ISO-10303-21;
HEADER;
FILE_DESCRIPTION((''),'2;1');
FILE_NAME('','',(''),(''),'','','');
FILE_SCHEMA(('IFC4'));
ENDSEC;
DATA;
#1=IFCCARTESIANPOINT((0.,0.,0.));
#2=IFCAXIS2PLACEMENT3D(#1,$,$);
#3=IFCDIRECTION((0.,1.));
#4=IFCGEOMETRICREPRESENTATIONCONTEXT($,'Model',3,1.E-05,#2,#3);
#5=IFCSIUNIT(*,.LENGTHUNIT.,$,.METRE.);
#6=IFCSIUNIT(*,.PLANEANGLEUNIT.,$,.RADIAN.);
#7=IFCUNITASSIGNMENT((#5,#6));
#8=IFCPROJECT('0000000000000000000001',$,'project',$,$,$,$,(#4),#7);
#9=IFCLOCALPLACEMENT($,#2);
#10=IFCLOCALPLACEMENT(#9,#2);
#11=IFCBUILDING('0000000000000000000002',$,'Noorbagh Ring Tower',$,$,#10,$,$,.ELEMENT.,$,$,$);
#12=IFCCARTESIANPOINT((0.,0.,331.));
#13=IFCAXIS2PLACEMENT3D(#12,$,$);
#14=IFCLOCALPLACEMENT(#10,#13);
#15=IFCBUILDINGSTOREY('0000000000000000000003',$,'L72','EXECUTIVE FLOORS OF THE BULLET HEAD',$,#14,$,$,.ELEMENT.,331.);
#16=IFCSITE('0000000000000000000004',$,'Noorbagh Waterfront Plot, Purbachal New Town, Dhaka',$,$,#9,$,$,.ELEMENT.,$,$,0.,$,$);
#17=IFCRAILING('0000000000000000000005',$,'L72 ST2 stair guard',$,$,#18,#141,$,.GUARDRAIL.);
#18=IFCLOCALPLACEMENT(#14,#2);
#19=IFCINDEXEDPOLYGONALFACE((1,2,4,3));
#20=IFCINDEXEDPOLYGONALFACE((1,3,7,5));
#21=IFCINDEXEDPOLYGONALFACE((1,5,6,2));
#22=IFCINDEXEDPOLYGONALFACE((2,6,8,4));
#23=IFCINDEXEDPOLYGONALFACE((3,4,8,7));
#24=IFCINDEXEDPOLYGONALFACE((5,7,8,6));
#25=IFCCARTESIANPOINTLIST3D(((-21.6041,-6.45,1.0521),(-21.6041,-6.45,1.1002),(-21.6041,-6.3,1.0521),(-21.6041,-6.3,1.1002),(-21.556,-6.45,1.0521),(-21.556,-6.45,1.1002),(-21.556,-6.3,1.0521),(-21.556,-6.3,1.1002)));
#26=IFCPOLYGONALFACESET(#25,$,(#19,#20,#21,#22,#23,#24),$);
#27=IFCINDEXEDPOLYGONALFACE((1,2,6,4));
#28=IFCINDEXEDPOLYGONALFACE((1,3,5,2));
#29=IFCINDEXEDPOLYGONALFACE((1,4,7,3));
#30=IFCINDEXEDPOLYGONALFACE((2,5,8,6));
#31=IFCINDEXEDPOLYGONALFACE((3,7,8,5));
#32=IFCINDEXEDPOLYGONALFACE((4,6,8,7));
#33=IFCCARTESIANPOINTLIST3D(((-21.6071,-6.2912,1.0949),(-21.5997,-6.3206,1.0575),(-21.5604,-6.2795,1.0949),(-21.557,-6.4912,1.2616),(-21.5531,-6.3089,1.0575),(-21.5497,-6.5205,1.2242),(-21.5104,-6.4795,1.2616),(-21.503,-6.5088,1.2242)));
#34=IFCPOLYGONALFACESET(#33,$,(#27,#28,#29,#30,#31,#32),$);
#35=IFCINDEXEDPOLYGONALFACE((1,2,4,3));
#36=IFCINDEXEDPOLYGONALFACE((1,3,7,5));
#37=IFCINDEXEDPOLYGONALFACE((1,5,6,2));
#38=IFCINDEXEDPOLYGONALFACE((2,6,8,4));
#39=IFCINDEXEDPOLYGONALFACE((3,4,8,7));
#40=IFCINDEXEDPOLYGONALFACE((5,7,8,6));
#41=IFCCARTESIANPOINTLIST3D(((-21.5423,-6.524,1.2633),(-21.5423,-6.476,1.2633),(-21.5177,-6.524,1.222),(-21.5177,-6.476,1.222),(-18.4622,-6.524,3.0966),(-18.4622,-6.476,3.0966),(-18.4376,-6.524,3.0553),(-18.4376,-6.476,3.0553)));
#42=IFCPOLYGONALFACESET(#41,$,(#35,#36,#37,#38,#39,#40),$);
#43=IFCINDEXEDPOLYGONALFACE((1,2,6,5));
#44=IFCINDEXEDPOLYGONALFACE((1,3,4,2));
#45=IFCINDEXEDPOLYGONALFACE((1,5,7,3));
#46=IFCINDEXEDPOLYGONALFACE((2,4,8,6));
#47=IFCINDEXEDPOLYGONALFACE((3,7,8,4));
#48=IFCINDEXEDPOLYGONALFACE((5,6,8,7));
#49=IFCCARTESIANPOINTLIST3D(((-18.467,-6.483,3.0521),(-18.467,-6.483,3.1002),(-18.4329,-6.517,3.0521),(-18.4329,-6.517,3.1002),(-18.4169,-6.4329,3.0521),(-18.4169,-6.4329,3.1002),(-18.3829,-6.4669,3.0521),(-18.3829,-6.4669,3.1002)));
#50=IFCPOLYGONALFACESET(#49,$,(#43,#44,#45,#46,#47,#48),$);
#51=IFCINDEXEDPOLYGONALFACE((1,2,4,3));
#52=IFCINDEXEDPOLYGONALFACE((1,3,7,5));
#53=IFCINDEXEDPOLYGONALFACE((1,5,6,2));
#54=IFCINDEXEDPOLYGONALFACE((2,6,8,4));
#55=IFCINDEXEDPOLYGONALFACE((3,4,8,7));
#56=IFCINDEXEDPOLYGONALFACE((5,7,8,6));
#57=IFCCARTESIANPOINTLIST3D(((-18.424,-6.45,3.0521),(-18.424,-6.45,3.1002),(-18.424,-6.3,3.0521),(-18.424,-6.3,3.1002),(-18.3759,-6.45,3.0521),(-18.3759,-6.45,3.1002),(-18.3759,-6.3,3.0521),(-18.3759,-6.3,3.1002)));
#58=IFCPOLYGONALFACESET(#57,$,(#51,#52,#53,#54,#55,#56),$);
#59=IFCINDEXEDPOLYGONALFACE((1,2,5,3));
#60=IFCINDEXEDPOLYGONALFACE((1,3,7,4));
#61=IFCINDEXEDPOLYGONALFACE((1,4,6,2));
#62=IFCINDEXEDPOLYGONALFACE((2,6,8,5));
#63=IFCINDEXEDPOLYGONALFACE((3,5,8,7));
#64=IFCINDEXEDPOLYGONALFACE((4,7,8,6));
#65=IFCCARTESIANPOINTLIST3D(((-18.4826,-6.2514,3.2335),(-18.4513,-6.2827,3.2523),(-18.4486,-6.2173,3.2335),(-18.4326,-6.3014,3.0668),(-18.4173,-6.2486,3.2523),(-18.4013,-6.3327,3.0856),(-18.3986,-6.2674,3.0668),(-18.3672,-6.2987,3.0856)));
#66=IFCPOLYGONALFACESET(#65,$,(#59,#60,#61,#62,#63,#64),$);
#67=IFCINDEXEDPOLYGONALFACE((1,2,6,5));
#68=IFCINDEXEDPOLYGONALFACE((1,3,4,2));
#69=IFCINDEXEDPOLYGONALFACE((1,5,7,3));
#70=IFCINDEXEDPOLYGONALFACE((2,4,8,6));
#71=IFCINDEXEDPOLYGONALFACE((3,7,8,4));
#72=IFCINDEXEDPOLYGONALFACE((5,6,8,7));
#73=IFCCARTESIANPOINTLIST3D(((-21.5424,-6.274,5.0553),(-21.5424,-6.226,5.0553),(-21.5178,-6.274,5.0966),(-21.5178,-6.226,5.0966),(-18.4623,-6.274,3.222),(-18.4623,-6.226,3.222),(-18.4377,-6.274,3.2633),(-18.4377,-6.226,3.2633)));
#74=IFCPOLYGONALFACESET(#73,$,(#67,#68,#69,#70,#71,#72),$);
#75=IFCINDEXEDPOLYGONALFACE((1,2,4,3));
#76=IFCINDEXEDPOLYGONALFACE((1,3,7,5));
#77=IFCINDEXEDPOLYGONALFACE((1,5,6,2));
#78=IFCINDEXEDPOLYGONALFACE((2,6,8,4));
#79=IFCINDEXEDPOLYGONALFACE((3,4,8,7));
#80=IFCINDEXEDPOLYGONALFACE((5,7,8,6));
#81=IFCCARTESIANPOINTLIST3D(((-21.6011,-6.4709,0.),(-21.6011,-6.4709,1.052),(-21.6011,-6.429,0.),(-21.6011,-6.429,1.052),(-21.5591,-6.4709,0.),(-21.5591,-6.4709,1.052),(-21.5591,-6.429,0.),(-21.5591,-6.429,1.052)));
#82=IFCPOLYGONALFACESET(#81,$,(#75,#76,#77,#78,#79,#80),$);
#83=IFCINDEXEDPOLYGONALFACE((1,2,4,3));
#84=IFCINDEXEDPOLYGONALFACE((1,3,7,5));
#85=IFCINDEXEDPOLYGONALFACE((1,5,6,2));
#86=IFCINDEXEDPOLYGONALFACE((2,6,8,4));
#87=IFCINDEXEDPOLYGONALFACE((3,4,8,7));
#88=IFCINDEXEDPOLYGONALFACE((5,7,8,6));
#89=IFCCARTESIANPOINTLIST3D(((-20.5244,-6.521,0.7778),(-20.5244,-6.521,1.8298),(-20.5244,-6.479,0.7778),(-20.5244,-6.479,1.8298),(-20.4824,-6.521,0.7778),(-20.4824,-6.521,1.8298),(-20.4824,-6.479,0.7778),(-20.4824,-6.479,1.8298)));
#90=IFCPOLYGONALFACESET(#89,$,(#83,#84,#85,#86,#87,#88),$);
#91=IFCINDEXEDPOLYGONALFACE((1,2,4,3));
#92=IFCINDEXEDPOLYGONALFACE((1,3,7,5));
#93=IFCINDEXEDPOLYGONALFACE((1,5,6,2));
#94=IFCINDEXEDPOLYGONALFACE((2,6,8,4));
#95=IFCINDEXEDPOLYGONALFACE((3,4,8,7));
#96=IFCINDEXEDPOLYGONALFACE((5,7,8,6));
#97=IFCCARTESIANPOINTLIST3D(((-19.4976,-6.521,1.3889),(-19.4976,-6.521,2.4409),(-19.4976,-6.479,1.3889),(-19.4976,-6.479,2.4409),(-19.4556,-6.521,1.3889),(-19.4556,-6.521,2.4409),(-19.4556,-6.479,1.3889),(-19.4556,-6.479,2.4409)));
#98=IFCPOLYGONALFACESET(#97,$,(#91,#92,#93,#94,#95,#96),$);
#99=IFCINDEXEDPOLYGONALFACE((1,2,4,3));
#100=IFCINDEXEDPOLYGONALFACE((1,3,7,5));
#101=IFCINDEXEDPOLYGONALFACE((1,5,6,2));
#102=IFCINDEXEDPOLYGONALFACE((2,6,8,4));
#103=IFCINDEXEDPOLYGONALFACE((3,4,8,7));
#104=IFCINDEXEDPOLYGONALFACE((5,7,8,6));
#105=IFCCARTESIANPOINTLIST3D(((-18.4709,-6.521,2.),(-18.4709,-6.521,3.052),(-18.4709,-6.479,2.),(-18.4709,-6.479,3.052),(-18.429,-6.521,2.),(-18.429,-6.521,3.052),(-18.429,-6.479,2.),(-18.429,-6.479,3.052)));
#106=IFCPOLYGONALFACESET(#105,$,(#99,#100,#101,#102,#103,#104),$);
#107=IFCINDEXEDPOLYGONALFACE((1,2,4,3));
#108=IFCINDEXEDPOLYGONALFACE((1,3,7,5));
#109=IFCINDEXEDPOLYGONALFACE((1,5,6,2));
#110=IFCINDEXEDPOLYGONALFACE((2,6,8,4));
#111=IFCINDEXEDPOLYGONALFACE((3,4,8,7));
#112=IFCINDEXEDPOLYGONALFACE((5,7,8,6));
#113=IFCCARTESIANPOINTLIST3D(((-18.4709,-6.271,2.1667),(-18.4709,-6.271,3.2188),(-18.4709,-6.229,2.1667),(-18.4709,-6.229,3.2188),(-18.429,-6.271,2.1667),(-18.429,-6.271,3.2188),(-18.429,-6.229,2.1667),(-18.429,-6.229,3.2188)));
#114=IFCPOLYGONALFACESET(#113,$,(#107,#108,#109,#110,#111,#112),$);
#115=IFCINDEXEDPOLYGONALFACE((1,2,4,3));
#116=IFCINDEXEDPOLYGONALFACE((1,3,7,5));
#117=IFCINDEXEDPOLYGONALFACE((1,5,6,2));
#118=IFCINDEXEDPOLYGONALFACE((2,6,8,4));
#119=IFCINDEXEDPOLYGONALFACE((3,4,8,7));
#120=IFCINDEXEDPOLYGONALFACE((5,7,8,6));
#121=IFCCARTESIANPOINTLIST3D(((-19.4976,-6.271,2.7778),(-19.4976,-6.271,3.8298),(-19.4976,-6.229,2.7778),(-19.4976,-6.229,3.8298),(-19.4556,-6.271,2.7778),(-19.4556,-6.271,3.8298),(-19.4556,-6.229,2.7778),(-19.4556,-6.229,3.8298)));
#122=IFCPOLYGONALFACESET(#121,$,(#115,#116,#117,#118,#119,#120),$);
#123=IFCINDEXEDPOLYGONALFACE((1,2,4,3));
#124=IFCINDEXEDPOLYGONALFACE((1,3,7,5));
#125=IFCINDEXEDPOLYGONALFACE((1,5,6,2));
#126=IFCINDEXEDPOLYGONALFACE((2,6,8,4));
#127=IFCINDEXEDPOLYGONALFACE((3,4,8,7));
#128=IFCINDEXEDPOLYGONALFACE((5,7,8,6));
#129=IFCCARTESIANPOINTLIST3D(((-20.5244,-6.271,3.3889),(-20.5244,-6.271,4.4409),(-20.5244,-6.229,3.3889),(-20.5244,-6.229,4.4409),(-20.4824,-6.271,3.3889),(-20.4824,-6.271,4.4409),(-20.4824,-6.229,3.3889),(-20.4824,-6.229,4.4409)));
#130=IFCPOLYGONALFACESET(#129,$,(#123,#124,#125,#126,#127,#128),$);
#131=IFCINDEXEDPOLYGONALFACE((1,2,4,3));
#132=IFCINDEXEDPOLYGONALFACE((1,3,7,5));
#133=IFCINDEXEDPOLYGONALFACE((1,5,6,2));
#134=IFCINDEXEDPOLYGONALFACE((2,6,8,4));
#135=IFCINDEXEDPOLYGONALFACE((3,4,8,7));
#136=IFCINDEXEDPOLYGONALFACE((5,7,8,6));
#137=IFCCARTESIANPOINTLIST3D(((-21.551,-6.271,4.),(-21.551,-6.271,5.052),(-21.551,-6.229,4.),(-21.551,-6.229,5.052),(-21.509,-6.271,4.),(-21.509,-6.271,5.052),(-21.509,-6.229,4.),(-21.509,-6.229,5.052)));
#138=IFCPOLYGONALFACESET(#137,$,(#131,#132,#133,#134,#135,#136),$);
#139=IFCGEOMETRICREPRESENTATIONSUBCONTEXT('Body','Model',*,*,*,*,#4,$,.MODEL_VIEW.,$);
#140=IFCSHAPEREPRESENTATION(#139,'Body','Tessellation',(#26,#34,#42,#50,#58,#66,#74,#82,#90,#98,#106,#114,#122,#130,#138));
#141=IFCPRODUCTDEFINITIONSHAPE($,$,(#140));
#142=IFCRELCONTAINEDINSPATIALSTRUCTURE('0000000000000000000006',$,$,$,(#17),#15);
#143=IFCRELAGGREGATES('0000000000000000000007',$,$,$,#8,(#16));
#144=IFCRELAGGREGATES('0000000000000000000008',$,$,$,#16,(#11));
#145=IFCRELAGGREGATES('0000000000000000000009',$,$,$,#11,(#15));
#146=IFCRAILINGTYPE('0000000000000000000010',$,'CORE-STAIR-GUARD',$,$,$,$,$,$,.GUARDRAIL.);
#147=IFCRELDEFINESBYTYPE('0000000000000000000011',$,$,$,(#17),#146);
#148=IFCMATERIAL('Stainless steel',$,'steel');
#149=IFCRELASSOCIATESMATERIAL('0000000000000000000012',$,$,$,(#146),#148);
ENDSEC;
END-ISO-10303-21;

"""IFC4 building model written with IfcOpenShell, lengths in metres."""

from ifc_helpers import new_model, si_unit, direction, frame, origin, origin_2d, place, context, subcontext, project, spatial, rectangle, extrude, material, type_object, element, save


model = new_model("IFC4")

# Units and contexts
model_context = context("Model", 3, precision=1e-05, world=origin(), true_north=direction((0.0, 1.0)))
body_context = subcontext(model_context, "Body", "Model", "MODEL_VIEW")
ifc_project = project(units=[si_unit("LENGTHUNIT", "METRE"), si_unit("PLANEANGLEUNIT", "RADIAN")], contexts=[model_context])

# Site, building, storey
site_placement = place(None, origin())
site = spatial("IfcSite", under=ifc_project, at=site_placement, Name="Noorbagh Waterfront Plot, Purbachal New Town, Dhaka", CompositionType="ELEMENT", RefElevation=0.0)
building_placement = place(site_placement, origin())
building = spatial("IfcBuilding", under=site, at=building_placement, Name="Noorbagh Ring Tower", CompositionType="ELEMENT")
storey_placement = place(building_placement, frame((0.0, 0.0, 331.0)))
storey = spatial("IfcBuildingStorey", under=building, at=storey_placement, Name="L72", Description="EXECUTIVE FLOORS OF THE BULLET HEAD", CompositionType="ELEMENT", Elevation=331.0)

# Railing
ifc_material_1 = material(Name="Stainless steel", Category="steel")
railing_type_1 = type_object("IfcRailingType", Name="CORE-STAIR-GUARD", PredefinedType="GUARDRAIL", material=ifc_material_1)
railing_1_placement = place(storey_placement, frame((-21.5801, -6.45, 0.0)))
element("IfcRailing", 1, at=railing_1_placement, inside=storey, type_object=railing_type_1, Name="L72 ST2 stair guard", PredefinedType="GUARDRAIL", context=body_context, shape_type="SweptSolid", body=[
    extrude(rectangle(XDim=0.0481, YDim=0.0481, at=origin_2d()), frame((0.0, 0.0, 1.0762), z_axis=(0.0, 1.0, 0.0), x_axis=(-1.0, 0.0, 0.0)), (0.0, 0.0, 1.0), 0.1499),
    extrude(rectangle(XDim=0.0481, YDim=0.0481, at=origin_2d()), frame((0.0, 0.1499, 1.0762), z_axis=(0.188776, -0.754182, 0.628946), x_axis=(0.970073, 0.242814, 0.0)), (0.0, 0.0, 1.0), 0.2651),
    extrude(rectangle(XDim=0.0481, YDim=0.0481, at=origin_2d()), frame((0.05, -0.05, 1.2427), z_axis=(0.859309, 0.0, 0.511458), x_axis=(0.0, 1.0, 0.0)), (0.0, 0.0, 1.0), 3.5845),
    extrude(rectangle(XDim=0.0481, YDim=0.0481, at=origin_2d()), frame((3.1301, -0.05, 3.0762), z_axis=(0.707107, 0.707107, 0.0), x_axis=(-0.707107, 0.707107, 0.0)), (0.0, 0.0, 1.0), 0.0708),
    extrude(rectangle(XDim=0.0481, YDim=0.0481, at=origin_2d()), frame((3.1802, 0.0, 3.0762), z_axis=(0.0, 1.0, 0.0), x_axis=(-1.0, 0.0, 0.0)), (0.0, 0.0, 1.0), 0.1499),
    extrude(rectangle(XDim=0.0481, YDim=0.0481, at=origin_2d()), frame((3.1802, 0.1499, 3.0762), z_axis=(-0.276287, 0.276287, 0.920506), x_axis=(-0.707107, -0.707107, 0.0)), (0.0, 0.0, 1.0), 0.1812),
    extrude(rectangle(XDim=0.0481, YDim=0.0481, at=origin_2d()), frame((3.1301, 0.2, 3.2427), z_axis=(-0.859309, 0.0, 0.511458), x_axis=(0.0, -1.0, 0.0)), (0.0, 0.0, 1.0), 3.5845),
    extrude(rectangle(XDim=0.042, YDim=0.042, at=origin_2d()), origin(), (0.0, 0.0, 1.0), 1.052),
    extrude(rectangle(XDim=0.042, YDim=0.042, at=origin_2d()), frame((1.0767, -0.05, 0.7778)), (0.0, 0.0, 1.0), 1.052),
    extrude(rectangle(XDim=0.042, YDim=0.042, at=origin_2d()), frame((2.1035, -0.05, 1.3889)), (0.0, 0.0, 1.0), 1.052),
    extrude(rectangle(XDim=0.042, YDim=0.042, at=origin_2d()), frame((3.1301, -0.05, 2.0)), (0.0, 0.0, 1.0), 1.052),
    extrude(rectangle(XDim=0.042, YDim=0.042, at=origin_2d()), frame((3.1301, 0.2, 2.1667)), (0.0, 0.0, 1.0), 1.052),
    extrude(rectangle(XDim=0.042, YDim=0.042, at=origin_2d()), frame((2.1035, 0.2, 2.7778)), (0.0, 0.0, 1.0), 1.052),
    extrude(rectangle(XDim=0.042, YDim=0.042, at=origin_2d()), frame((1.0767, 0.2, 3.3889)), (0.0, 0.0, 1.0), 1.052),
    extrude(rectangle(XDim=0.042, YDim=0.042, at=origin_2d()), frame((0.05, 0.2, 4.0)), (0.0, 0.0, 1.0), 1.052),
])

save(model, "model.ifc")
